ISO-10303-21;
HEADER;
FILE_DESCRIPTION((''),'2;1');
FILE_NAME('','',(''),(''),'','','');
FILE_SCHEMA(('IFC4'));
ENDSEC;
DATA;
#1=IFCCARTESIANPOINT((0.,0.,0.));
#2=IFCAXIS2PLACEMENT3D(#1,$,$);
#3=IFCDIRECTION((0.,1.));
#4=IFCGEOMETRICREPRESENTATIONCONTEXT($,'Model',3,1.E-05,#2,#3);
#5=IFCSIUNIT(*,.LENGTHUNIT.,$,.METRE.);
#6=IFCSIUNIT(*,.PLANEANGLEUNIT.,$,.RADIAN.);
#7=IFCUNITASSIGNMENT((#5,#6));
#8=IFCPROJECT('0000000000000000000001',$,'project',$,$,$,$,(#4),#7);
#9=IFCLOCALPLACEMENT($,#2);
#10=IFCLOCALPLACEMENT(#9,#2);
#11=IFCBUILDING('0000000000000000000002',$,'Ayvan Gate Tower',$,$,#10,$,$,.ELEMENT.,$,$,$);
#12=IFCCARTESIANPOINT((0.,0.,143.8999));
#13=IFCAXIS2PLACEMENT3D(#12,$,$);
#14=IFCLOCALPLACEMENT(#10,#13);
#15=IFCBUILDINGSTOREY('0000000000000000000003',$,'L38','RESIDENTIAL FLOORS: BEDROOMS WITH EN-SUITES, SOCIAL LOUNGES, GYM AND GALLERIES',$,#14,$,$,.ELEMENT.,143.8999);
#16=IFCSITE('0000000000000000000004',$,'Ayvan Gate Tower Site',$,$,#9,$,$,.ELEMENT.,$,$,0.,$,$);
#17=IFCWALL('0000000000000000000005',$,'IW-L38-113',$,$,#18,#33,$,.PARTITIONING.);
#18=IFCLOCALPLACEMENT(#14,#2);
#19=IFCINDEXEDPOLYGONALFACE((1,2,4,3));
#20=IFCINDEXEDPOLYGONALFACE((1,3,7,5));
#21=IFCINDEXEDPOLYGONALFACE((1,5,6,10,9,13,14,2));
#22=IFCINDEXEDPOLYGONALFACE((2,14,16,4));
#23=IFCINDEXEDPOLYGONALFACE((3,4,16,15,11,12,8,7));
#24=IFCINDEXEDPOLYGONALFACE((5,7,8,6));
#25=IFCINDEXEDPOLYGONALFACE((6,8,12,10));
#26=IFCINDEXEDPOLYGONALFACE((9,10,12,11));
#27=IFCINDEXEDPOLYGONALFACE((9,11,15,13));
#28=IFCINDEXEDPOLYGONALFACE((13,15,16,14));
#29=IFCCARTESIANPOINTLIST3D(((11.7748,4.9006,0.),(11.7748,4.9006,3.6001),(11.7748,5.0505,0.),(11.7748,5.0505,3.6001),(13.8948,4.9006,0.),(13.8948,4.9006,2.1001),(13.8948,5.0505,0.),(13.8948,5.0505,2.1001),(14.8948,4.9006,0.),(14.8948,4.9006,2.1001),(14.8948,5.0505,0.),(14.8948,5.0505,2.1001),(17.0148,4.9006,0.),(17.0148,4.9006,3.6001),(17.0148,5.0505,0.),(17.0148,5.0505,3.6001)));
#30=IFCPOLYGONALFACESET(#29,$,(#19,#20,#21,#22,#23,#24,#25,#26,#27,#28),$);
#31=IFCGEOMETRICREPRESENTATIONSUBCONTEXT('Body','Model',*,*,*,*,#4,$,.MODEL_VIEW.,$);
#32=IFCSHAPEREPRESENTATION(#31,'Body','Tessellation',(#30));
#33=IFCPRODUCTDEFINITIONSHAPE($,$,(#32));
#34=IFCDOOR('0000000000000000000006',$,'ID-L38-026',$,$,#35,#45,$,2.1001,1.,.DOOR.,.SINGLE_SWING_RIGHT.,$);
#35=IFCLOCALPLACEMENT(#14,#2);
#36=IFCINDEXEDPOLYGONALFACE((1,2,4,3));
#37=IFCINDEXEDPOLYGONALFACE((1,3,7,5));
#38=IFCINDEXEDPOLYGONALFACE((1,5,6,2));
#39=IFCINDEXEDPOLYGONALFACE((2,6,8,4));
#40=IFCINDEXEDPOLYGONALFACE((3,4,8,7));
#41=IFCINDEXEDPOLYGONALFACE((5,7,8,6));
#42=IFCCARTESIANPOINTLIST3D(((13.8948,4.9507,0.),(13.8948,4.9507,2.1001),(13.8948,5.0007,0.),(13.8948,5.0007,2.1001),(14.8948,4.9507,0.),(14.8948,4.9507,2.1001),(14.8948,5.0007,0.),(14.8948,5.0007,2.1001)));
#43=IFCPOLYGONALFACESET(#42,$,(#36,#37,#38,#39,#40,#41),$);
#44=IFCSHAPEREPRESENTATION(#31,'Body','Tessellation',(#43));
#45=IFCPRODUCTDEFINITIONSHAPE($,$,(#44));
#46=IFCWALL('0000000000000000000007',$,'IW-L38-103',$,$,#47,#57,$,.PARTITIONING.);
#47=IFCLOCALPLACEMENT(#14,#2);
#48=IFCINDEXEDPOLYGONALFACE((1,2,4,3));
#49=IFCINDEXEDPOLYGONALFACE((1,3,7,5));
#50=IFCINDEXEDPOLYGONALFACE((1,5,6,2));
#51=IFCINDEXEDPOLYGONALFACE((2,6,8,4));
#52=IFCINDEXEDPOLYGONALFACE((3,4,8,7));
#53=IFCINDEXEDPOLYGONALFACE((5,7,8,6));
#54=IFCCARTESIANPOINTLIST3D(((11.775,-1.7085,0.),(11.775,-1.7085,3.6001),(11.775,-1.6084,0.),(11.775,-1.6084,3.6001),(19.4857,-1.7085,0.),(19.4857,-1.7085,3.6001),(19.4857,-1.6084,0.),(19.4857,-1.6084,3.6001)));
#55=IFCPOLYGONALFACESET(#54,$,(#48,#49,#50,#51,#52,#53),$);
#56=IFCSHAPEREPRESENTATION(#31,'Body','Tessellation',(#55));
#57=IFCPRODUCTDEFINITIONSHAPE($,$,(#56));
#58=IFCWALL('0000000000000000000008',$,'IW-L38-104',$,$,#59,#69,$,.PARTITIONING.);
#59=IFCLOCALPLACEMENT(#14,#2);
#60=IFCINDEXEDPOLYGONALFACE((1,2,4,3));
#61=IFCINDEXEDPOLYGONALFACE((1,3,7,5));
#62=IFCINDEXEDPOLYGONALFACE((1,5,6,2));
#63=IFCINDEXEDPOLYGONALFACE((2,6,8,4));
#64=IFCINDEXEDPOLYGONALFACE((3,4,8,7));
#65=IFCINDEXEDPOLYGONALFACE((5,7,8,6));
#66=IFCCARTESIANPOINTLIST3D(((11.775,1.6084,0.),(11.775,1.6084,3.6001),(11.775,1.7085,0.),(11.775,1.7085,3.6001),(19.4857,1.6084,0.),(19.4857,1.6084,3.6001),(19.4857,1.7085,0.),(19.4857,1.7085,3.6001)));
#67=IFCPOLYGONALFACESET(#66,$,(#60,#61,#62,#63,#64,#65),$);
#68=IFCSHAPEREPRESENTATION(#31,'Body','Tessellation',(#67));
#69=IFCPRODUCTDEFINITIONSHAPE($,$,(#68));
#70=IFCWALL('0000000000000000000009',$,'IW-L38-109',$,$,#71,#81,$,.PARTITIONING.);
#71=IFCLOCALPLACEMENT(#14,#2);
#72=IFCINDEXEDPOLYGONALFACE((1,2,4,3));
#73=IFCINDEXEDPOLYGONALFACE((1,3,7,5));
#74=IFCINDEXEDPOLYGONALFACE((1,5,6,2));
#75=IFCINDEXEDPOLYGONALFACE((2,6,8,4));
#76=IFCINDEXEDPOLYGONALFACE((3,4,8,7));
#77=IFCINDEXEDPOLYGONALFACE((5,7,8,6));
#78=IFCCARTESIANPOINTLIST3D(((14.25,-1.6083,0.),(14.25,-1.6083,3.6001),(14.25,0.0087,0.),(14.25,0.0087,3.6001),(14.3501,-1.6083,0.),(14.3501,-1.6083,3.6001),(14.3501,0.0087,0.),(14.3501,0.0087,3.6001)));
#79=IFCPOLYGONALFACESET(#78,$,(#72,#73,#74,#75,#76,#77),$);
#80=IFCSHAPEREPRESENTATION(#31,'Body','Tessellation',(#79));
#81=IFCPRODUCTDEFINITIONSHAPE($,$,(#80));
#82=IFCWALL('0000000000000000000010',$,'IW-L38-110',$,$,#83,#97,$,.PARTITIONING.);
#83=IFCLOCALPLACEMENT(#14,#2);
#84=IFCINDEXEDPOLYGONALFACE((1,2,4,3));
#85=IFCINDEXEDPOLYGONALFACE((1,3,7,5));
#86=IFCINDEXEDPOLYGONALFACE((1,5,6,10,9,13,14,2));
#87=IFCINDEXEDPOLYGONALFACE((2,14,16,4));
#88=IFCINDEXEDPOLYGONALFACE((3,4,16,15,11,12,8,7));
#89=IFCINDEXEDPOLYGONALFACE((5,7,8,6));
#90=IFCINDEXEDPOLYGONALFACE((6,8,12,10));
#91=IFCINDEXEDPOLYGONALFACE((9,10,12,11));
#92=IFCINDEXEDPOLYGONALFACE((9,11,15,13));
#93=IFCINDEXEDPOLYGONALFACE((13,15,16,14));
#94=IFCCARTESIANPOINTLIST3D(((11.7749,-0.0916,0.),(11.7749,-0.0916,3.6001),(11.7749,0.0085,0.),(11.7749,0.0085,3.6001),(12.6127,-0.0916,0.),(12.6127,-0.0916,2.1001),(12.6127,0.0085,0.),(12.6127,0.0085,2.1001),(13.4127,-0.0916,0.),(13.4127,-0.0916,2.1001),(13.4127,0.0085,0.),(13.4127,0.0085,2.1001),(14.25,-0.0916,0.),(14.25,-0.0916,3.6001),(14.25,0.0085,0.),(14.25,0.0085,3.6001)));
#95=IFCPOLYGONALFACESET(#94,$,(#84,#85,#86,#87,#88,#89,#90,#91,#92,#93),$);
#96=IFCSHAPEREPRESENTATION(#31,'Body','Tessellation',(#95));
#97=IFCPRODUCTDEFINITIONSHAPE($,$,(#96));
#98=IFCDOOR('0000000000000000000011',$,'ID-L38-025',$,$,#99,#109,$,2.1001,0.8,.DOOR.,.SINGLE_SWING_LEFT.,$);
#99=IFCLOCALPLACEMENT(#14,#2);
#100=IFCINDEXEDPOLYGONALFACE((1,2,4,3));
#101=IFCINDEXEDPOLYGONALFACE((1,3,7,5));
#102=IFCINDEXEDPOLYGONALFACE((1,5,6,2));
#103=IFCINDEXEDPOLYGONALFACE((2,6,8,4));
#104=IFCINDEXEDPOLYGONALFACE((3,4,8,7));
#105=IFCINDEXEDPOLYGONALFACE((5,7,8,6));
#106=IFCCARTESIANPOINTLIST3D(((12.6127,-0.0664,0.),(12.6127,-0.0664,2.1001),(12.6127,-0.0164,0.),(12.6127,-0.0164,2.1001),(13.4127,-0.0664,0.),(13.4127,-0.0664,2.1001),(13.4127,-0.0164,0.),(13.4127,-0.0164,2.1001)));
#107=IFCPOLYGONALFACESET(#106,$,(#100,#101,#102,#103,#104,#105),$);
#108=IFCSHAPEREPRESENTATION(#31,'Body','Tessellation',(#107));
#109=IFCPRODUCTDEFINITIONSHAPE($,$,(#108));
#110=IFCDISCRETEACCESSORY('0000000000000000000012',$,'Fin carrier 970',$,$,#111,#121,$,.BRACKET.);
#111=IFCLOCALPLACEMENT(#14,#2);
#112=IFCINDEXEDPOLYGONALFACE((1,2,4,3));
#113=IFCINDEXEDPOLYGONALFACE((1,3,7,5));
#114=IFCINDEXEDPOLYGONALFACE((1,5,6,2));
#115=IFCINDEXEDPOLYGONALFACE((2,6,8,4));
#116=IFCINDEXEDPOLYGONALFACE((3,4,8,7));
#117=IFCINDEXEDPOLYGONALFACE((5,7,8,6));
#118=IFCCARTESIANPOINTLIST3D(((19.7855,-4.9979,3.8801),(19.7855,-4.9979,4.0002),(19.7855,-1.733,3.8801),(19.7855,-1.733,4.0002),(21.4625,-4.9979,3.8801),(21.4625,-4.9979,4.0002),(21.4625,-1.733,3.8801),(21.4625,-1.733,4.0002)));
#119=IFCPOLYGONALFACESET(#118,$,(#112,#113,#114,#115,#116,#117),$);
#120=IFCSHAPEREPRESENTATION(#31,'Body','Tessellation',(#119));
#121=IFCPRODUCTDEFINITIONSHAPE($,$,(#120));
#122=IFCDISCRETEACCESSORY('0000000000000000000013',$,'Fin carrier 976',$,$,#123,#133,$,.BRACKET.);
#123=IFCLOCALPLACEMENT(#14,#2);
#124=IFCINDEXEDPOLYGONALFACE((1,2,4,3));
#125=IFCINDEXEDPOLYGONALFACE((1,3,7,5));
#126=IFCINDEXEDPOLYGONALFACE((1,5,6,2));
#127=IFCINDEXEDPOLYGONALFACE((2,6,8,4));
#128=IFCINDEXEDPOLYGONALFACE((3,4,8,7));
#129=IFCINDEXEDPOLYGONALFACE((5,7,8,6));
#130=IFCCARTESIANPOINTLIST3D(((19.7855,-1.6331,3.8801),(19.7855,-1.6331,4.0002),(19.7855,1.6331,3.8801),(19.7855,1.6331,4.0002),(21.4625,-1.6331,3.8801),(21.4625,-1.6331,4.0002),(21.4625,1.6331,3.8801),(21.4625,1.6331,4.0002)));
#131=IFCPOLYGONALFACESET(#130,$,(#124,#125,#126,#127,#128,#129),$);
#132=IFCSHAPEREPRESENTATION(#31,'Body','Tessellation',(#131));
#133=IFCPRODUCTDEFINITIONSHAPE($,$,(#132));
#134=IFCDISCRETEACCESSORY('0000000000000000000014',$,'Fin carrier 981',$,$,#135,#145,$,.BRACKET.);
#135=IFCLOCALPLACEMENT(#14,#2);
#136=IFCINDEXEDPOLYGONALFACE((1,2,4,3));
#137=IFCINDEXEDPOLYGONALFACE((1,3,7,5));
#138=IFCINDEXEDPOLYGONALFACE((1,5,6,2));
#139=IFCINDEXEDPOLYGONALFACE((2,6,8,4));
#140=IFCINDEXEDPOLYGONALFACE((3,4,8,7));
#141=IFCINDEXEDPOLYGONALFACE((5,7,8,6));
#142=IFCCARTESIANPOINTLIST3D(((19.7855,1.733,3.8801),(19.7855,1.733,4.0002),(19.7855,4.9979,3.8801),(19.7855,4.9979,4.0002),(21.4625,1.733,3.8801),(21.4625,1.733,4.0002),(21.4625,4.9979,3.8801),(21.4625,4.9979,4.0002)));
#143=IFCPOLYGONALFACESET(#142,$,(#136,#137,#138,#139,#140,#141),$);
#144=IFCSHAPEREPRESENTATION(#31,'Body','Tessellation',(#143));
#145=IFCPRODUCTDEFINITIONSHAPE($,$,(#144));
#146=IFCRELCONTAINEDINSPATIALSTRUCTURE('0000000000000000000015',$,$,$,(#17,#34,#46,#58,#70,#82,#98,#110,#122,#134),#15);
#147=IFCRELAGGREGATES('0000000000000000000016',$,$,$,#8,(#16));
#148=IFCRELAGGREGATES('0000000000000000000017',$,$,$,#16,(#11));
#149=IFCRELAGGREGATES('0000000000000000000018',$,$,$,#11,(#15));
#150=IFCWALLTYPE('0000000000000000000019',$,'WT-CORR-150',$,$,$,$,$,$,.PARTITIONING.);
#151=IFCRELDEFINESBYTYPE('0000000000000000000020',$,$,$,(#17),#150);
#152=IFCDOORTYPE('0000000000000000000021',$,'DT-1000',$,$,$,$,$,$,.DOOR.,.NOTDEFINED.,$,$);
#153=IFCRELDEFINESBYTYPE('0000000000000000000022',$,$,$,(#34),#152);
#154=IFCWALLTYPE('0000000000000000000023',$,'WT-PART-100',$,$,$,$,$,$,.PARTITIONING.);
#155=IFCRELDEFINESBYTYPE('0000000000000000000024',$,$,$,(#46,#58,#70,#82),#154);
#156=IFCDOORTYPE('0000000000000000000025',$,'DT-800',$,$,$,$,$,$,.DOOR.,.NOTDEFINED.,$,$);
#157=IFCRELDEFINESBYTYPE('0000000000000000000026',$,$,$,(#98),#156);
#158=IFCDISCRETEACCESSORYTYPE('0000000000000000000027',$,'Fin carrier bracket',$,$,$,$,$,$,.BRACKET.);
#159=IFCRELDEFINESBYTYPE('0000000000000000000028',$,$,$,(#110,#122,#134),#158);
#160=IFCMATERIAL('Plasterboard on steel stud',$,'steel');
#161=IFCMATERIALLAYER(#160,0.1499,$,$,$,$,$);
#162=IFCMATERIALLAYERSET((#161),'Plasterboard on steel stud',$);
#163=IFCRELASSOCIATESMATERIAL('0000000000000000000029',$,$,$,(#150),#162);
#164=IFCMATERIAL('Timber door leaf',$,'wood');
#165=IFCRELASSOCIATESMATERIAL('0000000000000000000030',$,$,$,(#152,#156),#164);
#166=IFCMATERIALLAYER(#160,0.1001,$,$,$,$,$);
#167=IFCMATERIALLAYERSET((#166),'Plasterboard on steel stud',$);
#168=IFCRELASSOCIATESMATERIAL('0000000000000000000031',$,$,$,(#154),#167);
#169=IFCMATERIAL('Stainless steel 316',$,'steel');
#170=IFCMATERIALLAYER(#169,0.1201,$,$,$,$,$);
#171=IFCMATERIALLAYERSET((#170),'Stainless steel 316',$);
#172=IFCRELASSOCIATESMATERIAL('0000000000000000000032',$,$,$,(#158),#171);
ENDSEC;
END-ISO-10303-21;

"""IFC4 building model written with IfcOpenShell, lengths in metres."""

from ifc_helpers import new_model, si_unit, direction, frame, frame_2d, origin, origin_2d, place, context, subcontext, project, spatial, rectangle, extrude, material, layer, layer_set, type_object, element, fill, save


model = new_model("IFC4")

# Units and contexts
model_context = context("Model", 3, precision=1e-05, world=origin(), true_north=direction((0.0, 1.0)))
body_context = subcontext(model_context, "Body", "Model", "MODEL_VIEW")
ifc_project = project(units=[si_unit("LENGTHUNIT", "METRE"), si_unit("PLANEANGLEUNIT", "RADIAN")], contexts=[model_context])

# Site, building, storey
site_placement = place(None, origin())
site = spatial("IfcSite", under=ifc_project, at=site_placement, Name="Ayvan Gate Tower Site", CompositionType="ELEMENT", RefElevation=0.0)
building_placement = place(site_placement, origin())
building = spatial("IfcBuilding", under=site, at=building_placement, Name="Ayvan Gate Tower", CompositionType="ELEMENT")
storey_placement = place(building_placement, frame((0.0, 0.0, 143.8999)))
storey = spatial("IfcBuildingStorey", under=building, at=storey_placement, Name="L38", Description="RESIDENTIAL FLOORS: BEDROOMS WITH EN-SUITES, SOCIAL LOUNGES, GYM AND GALLERIES", CompositionType="ELEMENT", Elevation=143.8999)

# Wall, opening, door
ifc_material_1 = material(Name="Plasterboard on steel stud", Category="steel")
ifc_layer_1 = layer(ifc_material_1, 0.1499)
ifc_layer_set_1 = layer_set([ifc_layer_1], Name="Plasterboard on steel stud")
wall_type_1 = type_object("IfcWallType", Name="WT-CORR-150", PredefinedType="PARTITIONING", material=ifc_layer_set_1)
ifc_material_2 = material(Name="Timber door leaf", Category="wood")
wall_1_placement = place(storey_placement, frame((17.0149, 4.9756, 0.0), z_axis=(0.0, 0.0, 1.0), x_axis=(-1.0, 0.0, 0.0)))
wall_1 = element("IfcWall", 1, at=wall_1_placement, inside=storey, type_object=wall_type_1, Name="IW-L38-113", PredefinedType="PARTITIONING", context=body_context, shape_type="SweptSolid", body=[
    extrude(rectangle(XDim=5.24, YDim=0.1499, at=frame_2d((2.6201, 0.0))), origin(), (0.0, 0.0, 1.0), 3.6001),
])
opening_1_placement = place(wall_1_placement, frame((2.1201, 0.0, 0.0)))
opening_1 = element("IfcOpeningElement", 2, at=opening_1_placement, cuts=wall_1, PredefinedType="OPENING", context=body_context, shape_type="SweptSolid", body=[
    extrude(rectangle(XDim=1.0, YDim=2.1001, at=frame_2d((0.5, 1.05))), frame((0.0, 0.085, 0.0), z_axis=(0.0, -1.0, 0.0), x_axis=(1.0, 0.0, 0.0)), (0.0, 0.0, 1.0), 0.1699),
])
door_type_1 = type_object("IfcDoorType", Name="DT-1000", OperationType="NOTDEFINED", PredefinedType="DOOR", material=ifc_material_2)
door_1_placement = place(opening_1_placement, origin())
door_1 = element("IfcDoor", 3, at=door_1_placement, inside=storey, type_object=door_type_1, Name="ID-L38-026", OperationType="SINGLE_SWING_RIGHT", OverallHeight=2.1001, OverallWidth=1.0, PredefinedType="DOOR", context=body_context, shape_type="SweptSolid", body=[
    extrude(rectangle(XDim=1.0, YDim=2.1001, at=frame_2d((0.5, 1.05))), frame((0.0, 0.0249, 0.0), z_axis=(0.0, -1.0, 0.0), x_axis=(1.0, 0.0, 0.0)), (0.0, 0.0, 1.0), 0.05),
])
fill(opening_1, door_1)

# Walls
ifc_layer_2 = layer(ifc_material_1, 0.1001)
ifc_layer_set_2 = layer_set([ifc_layer_2], Name="Plasterboard on steel stud")
wall_type_2 = type_object("IfcWallType", Name="WT-PART-100", PredefinedType="PARTITIONING", material=ifc_layer_set_2)
for number, where, z_axis, x_axis, name in (
    (4, (11.7749, -1.6584, 0.0), (0.0, 0.0, 1.0), (1.0, 0.0, 0.0), "IW-L38-103"),
    (5, (11.7749, 1.6584, 0.0), (0.0, 0.0, 1.0), (1.0, 0.0, 0.0), "IW-L38-104"),
):
    element("IfcWall", number, at=place(storey_placement, frame(where, z_axis=z_axis, x_axis=x_axis)), inside=storey, type_object=wall_type_2, Name=name, PredefinedType="PARTITIONING", context=body_context, shape_type="SweptSolid", body=[
        extrude(rectangle(XDim=7.7107, YDim=0.1001, at=frame_2d((3.8555, 0.0))), origin(), (0.0, 0.0, 1.0), 3.6001),
    ])
wall_2_placement = place(storey_placement, frame((14.3, -1.6084, 0.0), z_axis=(0.0, 0.0, 1.0), x_axis=(0.0, 1.0, 0.0)))
element("IfcWall", 6, at=wall_2_placement, inside=storey, type_object=wall_type_2, Name="IW-L38-109", PredefinedType="PARTITIONING", context=body_context, shape_type="SweptSolid", body=[
    extrude(rectangle(XDim=1.6169, YDim=0.1001, at=frame_2d((0.8086, 0.0))), origin(), (0.0, 0.0, 1.0), 3.6001),
])

# Wall, opening, door
wall_3_placement = place(storey_placement, frame((14.25, -0.0415, 0.0), z_axis=(0.0, 0.0, 1.0), x_axis=(-1.0, 0.0, 0.0)))
wall_3 = element("IfcWall", 7, at=wall_3_placement, inside=storey, type_object=wall_type_2, Name="IW-L38-110", PredefinedType="PARTITIONING", context=body_context, shape_type="SweptSolid", body=[
    extrude(rectangle(XDim=2.4751, YDim=0.1001, at=frame_2d((1.2375, 0.0))), origin(), (0.0, 0.0, 1.0), 3.6001),
])
opening_2_placement = place(wall_3_placement, frame((0.8374, 0.0, 0.0)))
opening_2 = element("IfcOpeningElement", 8, at=opening_2_placement, cuts=wall_3, PredefinedType="OPENING", context=body_context, shape_type="SweptSolid", body=[
    extrude(rectangle(XDim=0.8, YDim=2.1001, at=frame_2d((0.3999, 1.05))), frame((0.0, 0.0601, 0.0), z_axis=(0.0, -1.0, 0.0), x_axis=(1.0, 0.0, 0.0)), (0.0, 0.0, 1.0), 0.1201),
])
door_type_2 = type_object("IfcDoorType", Name="DT-800", OperationType="NOTDEFINED", PredefinedType="DOOR", material=ifc_material_2)
door_2_placement = place(opening_2_placement, origin())
door_2 = element("IfcDoor", 9, at=door_2_placement, inside=storey, type_object=door_type_2, Name="ID-L38-025", OperationType="SINGLE_SWING_LEFT", OverallHeight=2.1001, OverallWidth=0.8, PredefinedType="DOOR", context=body_context, shape_type="SweptSolid", body=[
    extrude(rectangle(XDim=0.8, YDim=2.1001, at=frame_2d((0.3999, 1.05))), frame((0.0, 0.0249, 0.0), z_axis=(0.0, -1.0, 0.0), x_axis=(1.0, 0.0, 0.0)), (0.0, 0.0, 1.0), 0.05),
])
fill(opening_2, door_2)

# Discrete accessories
ifc_material_3 = material(Name="Stainless steel 316", Category="steel")
ifc_layer_3 = layer(ifc_material_3, 0.1201)
ifc_layer_set_3 = layer_set([ifc_layer_3], Name="Stainless steel 316")
discrete_accessory_type = type_object("IfcDiscreteAccessoryType", Name="Fin carrier bracket", PredefinedType="BRACKET", material=ifc_layer_set_3)
discrete_accessory_1_placement = place(storey_placement, frame((20.624, -3.3655, 3.8801), z_axis=(0.0, 0.0, 1.0), x_axis=(0.0, 1.0, 0.0)))
element("IfcDiscreteAccessory", 10, at=discrete_accessory_1_placement, inside=storey, type_object=discrete_accessory_type, Name="Fin carrier 970", PredefinedType="BRACKET", context=body_context, shape_type="SweptSolid", body=[
    extrude(rectangle(XDim=3.2649, YDim=1.677, at=origin_2d()), origin(), (0.0, 0.0, 1.0), 0.1201),
])
discrete_accessory_2_placement = place(storey_placement, frame((20.624, 0.0, 3.8801), z_axis=(0.0, 0.0, 1.0), x_axis=(0.0, 1.0, 0.0)))
element("IfcDiscreteAccessory", 11, at=discrete_accessory_2_placement, inside=storey, type_object=discrete_accessory_type, Name="Fin carrier 976", PredefinedType="BRACKET", context=body_context, shape_type="SweptSolid", body=[
    extrude(rectangle(XDim=3.2661, YDim=1.677, at=origin_2d()), origin(), (0.0, 0.0, 1.0), 0.1201),
])
discrete_accessory_3_placement = place(storey_placement, frame((20.624, 3.3655, 3.8801), z_axis=(0.0, 0.0, 1.0), x_axis=(0.0, 1.0, 0.0)))
element("IfcDiscreteAccessory", 12, at=discrete_accessory_3_placement, inside=storey, type_object=discrete_accessory_type, Name="Fin carrier 981", PredefinedType="BRACKET", context=body_context, shape_type="SweptSolid", body=[
    extrude(rectangle(XDim=3.2649, YDim=1.677, at=origin_2d()), origin(), (0.0, 0.0, 1.0), 0.1201),
])

save(model, "model.ifc")
